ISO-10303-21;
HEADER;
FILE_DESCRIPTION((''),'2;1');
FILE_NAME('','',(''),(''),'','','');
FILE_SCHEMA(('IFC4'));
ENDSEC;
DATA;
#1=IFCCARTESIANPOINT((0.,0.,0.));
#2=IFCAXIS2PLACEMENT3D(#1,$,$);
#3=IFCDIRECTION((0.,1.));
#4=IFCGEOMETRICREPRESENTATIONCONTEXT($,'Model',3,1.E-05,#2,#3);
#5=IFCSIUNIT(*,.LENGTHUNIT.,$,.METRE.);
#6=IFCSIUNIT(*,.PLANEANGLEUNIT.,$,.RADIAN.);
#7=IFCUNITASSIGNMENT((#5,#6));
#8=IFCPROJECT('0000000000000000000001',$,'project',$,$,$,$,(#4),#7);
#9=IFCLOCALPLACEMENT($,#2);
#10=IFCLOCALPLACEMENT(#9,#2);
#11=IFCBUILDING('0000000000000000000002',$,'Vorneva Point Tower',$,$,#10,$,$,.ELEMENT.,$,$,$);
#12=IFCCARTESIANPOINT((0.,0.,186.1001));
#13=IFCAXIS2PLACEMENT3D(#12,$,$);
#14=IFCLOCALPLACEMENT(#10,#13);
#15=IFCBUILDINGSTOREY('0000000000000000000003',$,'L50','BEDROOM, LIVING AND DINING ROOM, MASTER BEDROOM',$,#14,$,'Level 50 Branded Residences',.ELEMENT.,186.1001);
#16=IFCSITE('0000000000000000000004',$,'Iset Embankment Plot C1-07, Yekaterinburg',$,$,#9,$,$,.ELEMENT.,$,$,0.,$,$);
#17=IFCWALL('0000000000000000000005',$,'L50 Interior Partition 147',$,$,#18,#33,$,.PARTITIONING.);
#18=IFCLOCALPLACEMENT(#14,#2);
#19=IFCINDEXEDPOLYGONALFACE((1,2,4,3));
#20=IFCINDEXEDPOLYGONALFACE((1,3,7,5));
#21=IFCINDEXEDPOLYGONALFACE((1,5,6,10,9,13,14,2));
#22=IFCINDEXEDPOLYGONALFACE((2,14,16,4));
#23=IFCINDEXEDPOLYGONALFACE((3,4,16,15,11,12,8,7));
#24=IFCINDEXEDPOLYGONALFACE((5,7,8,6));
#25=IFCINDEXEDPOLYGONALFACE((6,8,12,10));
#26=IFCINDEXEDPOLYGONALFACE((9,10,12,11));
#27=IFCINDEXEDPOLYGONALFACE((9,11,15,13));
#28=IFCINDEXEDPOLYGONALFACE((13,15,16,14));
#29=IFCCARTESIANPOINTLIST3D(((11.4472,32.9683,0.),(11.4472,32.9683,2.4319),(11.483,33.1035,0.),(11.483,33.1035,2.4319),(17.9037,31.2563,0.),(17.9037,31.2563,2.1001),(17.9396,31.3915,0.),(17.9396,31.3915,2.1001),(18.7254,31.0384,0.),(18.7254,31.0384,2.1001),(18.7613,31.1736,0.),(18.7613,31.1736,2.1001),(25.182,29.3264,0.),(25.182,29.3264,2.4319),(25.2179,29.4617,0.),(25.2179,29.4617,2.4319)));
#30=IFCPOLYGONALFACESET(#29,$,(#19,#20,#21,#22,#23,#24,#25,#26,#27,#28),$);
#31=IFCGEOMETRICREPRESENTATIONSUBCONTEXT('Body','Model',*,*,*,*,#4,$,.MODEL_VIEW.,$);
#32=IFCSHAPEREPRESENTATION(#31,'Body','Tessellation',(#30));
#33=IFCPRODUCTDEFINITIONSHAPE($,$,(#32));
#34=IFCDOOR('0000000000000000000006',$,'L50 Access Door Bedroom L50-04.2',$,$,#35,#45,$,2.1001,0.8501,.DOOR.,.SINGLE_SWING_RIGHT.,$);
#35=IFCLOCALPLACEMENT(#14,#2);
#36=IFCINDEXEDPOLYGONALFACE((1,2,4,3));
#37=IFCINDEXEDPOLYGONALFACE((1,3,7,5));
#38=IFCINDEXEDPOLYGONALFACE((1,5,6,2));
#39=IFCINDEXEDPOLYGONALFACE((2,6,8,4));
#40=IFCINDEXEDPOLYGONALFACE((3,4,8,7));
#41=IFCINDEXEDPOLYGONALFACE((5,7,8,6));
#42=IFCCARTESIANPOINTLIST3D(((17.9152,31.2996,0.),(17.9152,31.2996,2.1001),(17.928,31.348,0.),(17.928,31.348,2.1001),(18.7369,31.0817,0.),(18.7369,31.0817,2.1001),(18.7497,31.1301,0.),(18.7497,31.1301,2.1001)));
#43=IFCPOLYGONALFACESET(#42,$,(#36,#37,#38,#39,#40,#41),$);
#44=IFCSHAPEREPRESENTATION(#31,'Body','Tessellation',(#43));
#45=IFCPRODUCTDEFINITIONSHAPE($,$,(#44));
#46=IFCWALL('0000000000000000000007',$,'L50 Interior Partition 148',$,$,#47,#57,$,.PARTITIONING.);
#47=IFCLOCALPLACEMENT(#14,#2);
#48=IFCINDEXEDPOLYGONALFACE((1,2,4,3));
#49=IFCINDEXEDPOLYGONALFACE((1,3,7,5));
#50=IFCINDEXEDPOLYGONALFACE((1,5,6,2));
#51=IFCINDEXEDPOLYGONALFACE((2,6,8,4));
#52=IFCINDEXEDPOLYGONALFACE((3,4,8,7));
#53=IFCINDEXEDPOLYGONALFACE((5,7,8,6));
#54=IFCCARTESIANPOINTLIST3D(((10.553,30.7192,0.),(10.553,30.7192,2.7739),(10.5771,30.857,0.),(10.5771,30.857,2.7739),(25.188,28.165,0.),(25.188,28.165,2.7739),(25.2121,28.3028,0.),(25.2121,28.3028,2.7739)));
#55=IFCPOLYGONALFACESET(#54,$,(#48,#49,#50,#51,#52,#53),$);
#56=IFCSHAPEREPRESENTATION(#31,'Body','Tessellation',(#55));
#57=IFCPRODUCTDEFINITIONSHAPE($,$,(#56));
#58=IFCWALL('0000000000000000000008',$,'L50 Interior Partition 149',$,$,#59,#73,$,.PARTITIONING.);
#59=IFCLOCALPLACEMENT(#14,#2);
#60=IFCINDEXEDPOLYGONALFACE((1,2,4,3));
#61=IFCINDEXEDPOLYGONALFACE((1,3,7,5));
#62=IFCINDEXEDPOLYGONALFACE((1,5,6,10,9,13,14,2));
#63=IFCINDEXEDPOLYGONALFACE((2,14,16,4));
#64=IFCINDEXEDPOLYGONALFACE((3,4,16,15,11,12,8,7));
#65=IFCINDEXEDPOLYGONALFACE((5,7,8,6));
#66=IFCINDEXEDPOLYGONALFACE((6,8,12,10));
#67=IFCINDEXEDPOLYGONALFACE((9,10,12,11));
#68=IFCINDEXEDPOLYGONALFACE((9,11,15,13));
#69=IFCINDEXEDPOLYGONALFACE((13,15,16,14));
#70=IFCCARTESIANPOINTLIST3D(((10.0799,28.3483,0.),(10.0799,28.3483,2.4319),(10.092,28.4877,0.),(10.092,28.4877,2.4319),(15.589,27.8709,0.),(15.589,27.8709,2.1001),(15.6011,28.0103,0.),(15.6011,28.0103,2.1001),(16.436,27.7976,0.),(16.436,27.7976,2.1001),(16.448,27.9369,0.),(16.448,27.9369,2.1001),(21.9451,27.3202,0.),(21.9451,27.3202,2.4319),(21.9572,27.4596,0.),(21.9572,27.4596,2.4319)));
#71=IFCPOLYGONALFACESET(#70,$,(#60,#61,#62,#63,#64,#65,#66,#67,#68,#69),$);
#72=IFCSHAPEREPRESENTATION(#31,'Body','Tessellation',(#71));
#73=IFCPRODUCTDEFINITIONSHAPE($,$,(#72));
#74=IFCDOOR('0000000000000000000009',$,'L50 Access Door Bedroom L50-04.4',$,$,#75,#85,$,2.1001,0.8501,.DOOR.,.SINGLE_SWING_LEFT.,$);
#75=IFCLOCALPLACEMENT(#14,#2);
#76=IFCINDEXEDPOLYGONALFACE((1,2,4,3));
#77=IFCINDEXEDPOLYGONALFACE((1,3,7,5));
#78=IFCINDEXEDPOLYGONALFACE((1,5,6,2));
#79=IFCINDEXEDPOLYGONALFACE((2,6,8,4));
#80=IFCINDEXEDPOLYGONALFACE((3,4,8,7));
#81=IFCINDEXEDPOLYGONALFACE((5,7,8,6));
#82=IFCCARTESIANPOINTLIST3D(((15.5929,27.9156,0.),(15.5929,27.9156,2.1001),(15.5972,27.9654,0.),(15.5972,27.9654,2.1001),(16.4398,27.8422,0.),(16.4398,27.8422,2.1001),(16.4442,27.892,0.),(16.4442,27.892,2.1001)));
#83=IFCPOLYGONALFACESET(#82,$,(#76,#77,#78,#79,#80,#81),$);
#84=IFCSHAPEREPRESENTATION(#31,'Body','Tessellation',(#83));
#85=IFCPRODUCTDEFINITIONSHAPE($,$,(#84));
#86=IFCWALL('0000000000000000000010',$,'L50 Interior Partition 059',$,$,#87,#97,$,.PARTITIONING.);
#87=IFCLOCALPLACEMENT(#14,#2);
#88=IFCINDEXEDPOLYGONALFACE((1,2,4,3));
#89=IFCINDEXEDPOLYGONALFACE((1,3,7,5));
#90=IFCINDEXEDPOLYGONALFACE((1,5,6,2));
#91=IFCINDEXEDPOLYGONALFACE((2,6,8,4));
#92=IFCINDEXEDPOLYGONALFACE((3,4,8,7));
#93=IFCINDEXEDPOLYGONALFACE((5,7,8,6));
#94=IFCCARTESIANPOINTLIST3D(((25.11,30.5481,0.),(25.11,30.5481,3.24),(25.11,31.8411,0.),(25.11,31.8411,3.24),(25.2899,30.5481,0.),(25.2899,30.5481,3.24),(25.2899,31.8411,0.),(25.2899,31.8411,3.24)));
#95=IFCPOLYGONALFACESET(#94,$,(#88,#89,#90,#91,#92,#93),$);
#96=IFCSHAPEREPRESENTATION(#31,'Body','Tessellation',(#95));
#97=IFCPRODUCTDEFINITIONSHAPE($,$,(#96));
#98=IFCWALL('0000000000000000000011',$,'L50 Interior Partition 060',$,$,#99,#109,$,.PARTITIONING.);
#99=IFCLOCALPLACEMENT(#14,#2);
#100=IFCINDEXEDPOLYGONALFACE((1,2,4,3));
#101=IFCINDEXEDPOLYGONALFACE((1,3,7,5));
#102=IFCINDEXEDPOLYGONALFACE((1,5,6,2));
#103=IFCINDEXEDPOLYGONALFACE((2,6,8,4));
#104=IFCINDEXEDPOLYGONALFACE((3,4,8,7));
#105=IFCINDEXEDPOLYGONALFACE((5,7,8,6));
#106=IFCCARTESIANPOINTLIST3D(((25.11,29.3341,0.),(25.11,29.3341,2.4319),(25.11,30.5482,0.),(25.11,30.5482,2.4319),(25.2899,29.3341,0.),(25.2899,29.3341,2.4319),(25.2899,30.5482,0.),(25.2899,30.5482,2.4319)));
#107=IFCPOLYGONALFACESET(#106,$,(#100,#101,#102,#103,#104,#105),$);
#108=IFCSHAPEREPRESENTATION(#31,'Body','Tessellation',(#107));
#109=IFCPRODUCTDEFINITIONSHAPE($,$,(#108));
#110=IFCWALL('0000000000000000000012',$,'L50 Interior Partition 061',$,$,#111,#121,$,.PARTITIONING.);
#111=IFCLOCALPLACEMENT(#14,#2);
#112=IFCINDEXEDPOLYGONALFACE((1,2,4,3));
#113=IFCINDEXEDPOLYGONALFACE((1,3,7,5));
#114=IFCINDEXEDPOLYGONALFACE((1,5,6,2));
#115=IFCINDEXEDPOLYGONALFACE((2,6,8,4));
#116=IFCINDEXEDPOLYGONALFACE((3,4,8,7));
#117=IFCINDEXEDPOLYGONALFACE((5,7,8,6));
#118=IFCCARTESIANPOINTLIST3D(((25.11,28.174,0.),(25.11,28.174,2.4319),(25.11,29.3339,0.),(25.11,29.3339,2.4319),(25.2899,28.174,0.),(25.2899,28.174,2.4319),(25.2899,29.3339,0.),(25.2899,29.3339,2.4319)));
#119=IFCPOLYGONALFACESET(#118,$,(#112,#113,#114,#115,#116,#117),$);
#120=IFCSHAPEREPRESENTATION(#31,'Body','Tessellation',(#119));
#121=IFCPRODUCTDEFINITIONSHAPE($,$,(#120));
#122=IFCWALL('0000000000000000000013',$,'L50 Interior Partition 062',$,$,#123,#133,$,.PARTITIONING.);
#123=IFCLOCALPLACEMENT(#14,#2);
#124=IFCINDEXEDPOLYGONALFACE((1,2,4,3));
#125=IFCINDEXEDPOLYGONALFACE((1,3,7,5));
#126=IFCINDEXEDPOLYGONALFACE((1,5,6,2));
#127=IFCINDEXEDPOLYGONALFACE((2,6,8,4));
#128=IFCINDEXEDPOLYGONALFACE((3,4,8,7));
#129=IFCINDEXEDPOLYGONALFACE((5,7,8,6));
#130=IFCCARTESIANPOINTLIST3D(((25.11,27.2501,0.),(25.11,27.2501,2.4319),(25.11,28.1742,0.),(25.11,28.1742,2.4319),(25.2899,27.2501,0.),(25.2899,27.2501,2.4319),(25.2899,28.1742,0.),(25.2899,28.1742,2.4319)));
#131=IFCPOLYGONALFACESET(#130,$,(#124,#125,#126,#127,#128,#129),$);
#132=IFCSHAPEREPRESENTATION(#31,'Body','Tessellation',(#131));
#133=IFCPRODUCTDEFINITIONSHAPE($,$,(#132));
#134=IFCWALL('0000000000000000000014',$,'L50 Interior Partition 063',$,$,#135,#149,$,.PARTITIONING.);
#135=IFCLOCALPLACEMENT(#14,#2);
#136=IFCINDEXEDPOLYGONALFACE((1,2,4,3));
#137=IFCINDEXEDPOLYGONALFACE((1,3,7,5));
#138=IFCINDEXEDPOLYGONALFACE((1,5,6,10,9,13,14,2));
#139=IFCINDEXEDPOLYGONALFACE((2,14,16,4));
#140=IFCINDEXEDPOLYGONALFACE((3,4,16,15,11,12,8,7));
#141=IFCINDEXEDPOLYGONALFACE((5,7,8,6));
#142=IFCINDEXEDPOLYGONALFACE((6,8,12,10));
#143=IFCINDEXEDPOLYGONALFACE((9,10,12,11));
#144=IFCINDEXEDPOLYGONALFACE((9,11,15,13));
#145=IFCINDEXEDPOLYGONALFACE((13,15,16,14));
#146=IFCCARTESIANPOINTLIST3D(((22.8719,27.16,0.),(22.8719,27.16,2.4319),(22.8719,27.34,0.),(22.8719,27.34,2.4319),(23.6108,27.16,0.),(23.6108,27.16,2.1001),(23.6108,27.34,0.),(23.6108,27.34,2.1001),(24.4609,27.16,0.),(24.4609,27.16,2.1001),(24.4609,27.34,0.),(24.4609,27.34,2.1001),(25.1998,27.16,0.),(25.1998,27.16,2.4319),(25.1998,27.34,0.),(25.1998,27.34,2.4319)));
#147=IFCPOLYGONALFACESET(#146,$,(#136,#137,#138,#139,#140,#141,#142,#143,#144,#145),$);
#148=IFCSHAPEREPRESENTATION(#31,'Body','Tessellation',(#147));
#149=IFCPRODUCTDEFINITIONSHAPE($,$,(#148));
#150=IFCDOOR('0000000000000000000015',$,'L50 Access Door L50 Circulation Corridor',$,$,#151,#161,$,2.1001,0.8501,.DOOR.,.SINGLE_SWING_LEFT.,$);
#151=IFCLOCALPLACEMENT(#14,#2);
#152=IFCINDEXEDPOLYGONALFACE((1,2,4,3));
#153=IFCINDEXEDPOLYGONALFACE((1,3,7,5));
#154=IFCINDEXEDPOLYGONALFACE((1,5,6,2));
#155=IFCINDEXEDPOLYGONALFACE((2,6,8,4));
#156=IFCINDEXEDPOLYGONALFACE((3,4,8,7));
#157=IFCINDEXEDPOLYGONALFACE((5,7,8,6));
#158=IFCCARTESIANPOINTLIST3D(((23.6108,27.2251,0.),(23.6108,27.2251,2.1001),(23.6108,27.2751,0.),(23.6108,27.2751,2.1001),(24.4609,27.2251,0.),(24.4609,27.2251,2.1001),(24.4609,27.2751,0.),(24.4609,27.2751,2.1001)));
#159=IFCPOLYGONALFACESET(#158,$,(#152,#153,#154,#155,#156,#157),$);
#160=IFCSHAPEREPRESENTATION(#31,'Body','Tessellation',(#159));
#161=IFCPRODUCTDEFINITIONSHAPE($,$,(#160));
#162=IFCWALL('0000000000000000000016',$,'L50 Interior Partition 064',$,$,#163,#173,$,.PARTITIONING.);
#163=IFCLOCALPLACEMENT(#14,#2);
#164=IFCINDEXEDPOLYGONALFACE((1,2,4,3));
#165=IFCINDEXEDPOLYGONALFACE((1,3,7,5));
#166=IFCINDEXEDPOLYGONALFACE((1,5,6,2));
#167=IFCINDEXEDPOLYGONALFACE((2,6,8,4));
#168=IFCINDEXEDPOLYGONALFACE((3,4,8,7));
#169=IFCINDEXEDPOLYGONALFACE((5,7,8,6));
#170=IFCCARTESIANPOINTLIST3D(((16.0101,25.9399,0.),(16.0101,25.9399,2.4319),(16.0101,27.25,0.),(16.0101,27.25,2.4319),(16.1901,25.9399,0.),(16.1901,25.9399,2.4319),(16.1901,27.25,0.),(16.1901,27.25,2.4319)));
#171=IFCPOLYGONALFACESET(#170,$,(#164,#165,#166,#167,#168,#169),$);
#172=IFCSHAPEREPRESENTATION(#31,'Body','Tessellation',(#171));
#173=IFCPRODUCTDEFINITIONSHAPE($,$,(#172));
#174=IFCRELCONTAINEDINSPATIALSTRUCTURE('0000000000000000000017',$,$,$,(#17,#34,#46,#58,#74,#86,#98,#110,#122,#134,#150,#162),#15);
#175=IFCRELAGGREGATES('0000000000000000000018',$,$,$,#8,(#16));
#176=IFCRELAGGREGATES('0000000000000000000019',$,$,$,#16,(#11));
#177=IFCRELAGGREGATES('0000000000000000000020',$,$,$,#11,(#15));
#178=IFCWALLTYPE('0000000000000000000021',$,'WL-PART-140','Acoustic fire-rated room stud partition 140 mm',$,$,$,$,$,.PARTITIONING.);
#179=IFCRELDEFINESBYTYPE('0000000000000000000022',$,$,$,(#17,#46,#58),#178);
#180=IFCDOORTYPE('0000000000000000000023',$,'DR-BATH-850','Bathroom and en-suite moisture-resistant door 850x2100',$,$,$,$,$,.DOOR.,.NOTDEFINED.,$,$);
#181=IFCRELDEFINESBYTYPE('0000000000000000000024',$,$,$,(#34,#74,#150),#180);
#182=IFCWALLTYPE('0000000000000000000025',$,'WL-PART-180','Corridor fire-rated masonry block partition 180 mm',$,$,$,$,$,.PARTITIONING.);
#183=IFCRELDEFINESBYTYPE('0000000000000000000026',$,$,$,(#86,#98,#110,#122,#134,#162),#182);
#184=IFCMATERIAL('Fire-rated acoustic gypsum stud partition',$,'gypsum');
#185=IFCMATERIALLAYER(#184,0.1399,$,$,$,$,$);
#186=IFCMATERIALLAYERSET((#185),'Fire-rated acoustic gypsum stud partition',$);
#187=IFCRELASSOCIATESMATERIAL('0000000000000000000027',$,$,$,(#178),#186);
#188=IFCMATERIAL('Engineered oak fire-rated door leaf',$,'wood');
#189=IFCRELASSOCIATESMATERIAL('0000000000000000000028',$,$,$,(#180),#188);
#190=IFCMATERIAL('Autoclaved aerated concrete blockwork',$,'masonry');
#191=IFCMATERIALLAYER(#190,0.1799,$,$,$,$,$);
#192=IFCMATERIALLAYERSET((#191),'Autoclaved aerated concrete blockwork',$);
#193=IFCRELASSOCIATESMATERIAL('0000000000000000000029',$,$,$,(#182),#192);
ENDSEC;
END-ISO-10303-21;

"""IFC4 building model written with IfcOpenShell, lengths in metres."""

from ifc_helpers import new_model, si_unit, direction, frame, frame_2d, origin, place, context, subcontext, project, spatial, rectangle, extrude, material, layer, layer_set, type_object, element, fill, save


model = new_model("IFC4")

# Units and contexts
model_context = context("Model", 3, precision=1e-05, world=origin(), true_north=direction((0.0, 1.0)))
body_context = subcontext(model_context, "Body", "Model", "MODEL_VIEW")
ifc_project = project(units=[si_unit("LENGTHUNIT", "METRE"), si_unit("PLANEANGLEUNIT", "RADIAN")], contexts=[model_context])

# Site, building, storey
site_placement = place(None, origin())
site = spatial("IfcSite", under=ifc_project, at=site_placement, Name="Iset Embankment Plot C1-07, Yekaterinburg", CompositionType="ELEMENT", RefElevation=0.0)
building_placement = place(site_placement, origin())
building = spatial("IfcBuilding", under=site, at=building_placement, Name="Vorneva Point Tower", CompositionType="ELEMENT")
storey_placement = place(building_placement, frame((0.0, 0.0, 186.1001)))
storey = spatial("IfcBuildingStorey", under=building, at=storey_placement, Name="L50", Description="BEDROOM, LIVING AND DINING ROOM, MASTER BEDROOM", LongName="Level 50 Branded Residences", CompositionType="ELEMENT", Elevation=186.1001)

# Wall, opening, door
ifc_material_1 = material(Name="Fire-rated acoustic gypsum stud partition", Category="gypsum")
ifc_layer_1 = layer(ifc_material_1, 0.1399)
ifc_layer_set_1 = layer_set([ifc_layer_1], Name="Fire-rated acoustic gypsum stud partition")
wall_type_1 = type_object("IfcWallType", Name="WL-PART-140", Description="Acoustic fire-rated room stud partition 140 mm", PredefinedType="PARTITIONING", material=ifc_layer_set_1)
wall_1_placement = place(storey_placement, frame((11.4651, 33.0359, 0.0), z_axis=(0.0, 0.0, 1.0), x_axis=(0.966598, -0.256297, 0.0)))
wall_1 = element("IfcWall", 1, at=wall_1_placement, inside=storey, type_object=wall_type_1, Name="L50 Interior Partition 147", PredefinedType="PARTITIONING", context=body_context, shape_type="SweptSolid", body=[
    extrude(rectangle(XDim=14.2095, YDim=0.1399, at=frame_2d((7.1047, 0.0))), origin(), (0.0, 0.0, 1.0), 2.4319),
])
opening_1_placement = place(wall_1_placement, frame((6.6797, 0.0, 0.0)))
opening_1 = element("IfcOpeningElement", 2, at=opening_1_placement, cuts=wall_1, PredefinedType="OPENING", context=body_context, shape_type="SweptSolid", body=[
    extrude(rectangle(XDim=0.8501, YDim=2.1001, at=frame_2d((0.425, 1.05))), frame((0.0, 0.085, 0.0), z_axis=(0.0, -1.0, 0.0), x_axis=(1.0, 0.0, 0.0)), (0.0, 0.0, 1.0), 0.1697),
])
ifc_material_2 = material(Name="Engineered oak fire-rated door leaf", Category="wood")
door_type_1 = type_object("IfcDoorType", Name="DR-BATH-850", Description="Bathroom and en-suite moisture-resistant door 850x2100", OperationType="NOTDEFINED", PredefinedType="DOOR", material=ifc_material_2)
door_1_placement = place(opening_1_placement, origin())
door_1 = element("IfcDoor", 3, at=door_1_placement, inside=storey, type_object=door_type_1, Name="L50 Access Door Bedroom L50-04.2", OperationType="SINGLE_SWING_RIGHT", OverallHeight=2.1001, OverallWidth=0.8501, PredefinedType="DOOR", context=body_context, shape_type="SweptSolid", body=[
    extrude(rectangle(XDim=0.8501, YDim=2.1001, at=frame_2d((0.425, 1.05))), frame((0.0, 0.0249, 0.0), z_axis=(0.0, -1.0, 0.0), x_axis=(1.0, 0.0, 0.0)), (0.0, 0.0, 1.0), 0.05),
])
fill(opening_1, door_1)

# Wall
wall_2_placement = place(storey_placement, frame((10.5649, 30.7881, 0.0), z_axis=(0.0, 0.0, 1.0), x_axis=(0.98511, -0.171928, 0.0)))
element("IfcWall", 4, at=wall_2_placement, inside=storey, type_object=wall_type_1, Name="L50 Interior Partition 148", PredefinedType="PARTITIONING", context=body_context, shape_type="SweptSolid", body=[
    extrude(rectangle(XDim=14.8562, YDim=0.1399, at=frame_2d((7.4282, 0.0))), origin(), (0.0, 0.0, 1.0), 2.7739),
])

# Wall, opening, door
wall_3_placement = place(storey_placement, frame((10.0859, 28.418, 0.0), z_axis=(0.0, 0.0, 1.0), x_axis=(0.996267, -0.086323, 0.0)))
wall_3 = element("IfcWall", 5, at=wall_3_placement, inside=storey, type_object=wall_type_1, Name="L50 Interior Partition 149", PredefinedType="PARTITIONING", context=body_context, shape_type="SweptSolid", body=[
    extrude(rectangle(XDim=11.9097, YDim=0.1399, at=frame_2d((5.9548, 0.0))), origin(), (0.0, 0.0, 1.0), 2.4319),
])
opening_2_placement = place(wall_3_placement, frame((5.5298, 0.0, 0.0)))
opening_2 = element("IfcOpeningElement", 6, at=opening_2_placement, cuts=wall_3, PredefinedType="OPENING", context=body_context, shape_type="SweptSolid", body=[
    extrude(rectangle(XDim=0.8501, YDim=2.1001, at=frame_2d((0.425, 1.05))), frame((0.0, 0.085, 0.0), z_axis=(0.0, -1.0, 0.0), x_axis=(1.0, 0.0, 0.0)), (0.0, 0.0, 1.0), 0.1697),
])
door_2_placement = place(opening_2_placement, origin())
door_2 = element("IfcDoor", 7, at=door_2_placement, inside=storey, type_object=door_type_1, Name="L50 Access Door Bedroom L50-04.4", OperationType="SINGLE_SWING_LEFT", OverallHeight=2.1001, OverallWidth=0.8501, PredefinedType="DOOR", context=body_context, shape_type="SweptSolid", body=[
    extrude(rectangle(XDim=0.8501, YDim=2.1001, at=frame_2d((0.425, 1.05))), frame((0.0, 0.0249, 0.0), z_axis=(0.0, -1.0, 0.0), x_axis=(1.0, 0.0, 0.0)), (0.0, 0.0, 1.0), 0.05),
])
fill(opening_2, door_2)

# Walls
ifc_material_3 = material(Name="Autoclaved aerated concrete blockwork", Category="masonry")
ifc_layer_2 = layer(ifc_material_3, 0.1799)
ifc_layer_set_2 = layer_set([ifc_layer_2], Name="Autoclaved aerated concrete blockwork")
wall_type_2 = type_object("IfcWallType", Name="WL-PART-180", Description="Corridor fire-rated masonry block partition 180 mm", PredefinedType="PARTITIONING", material=ifc_layer_set_2)
wall_4_placement = place(storey_placement, frame((25.2, 31.8411, 0.0), z_axis=(0.0, 0.0, 1.0), x_axis=(0.0, -1.0, 0.0)))
element("IfcWall", 8, at=wall_4_placement, inside=storey, type_object=wall_type_2, Name="L50 Interior Partition 059", PredefinedType="PARTITIONING", context=body_context, shape_type="SweptSolid", body=[
    extrude(rectangle(XDim=1.293, YDim=0.1799, at=frame_2d((0.6465, 0.0))), origin(), (0.0, 0.0, 1.0), 3.24),
])
wall_5_placement = place(storey_placement, frame((25.2, 30.5481, 0.0), z_axis=(0.0, 0.0, 1.0), x_axis=(0.0, -1.0, 0.0)))
element("IfcWall", 9, at=wall_5_placement, inside=storey, type_object=wall_type_2, Name="L50 Interior Partition 060", PredefinedType="PARTITIONING", context=body_context, shape_type="SweptSolid", body=[
    extrude(rectangle(XDim=1.2141, YDim=0.1799, at=frame_2d((0.6069, 0.0))), origin(), (0.0, 0.0, 1.0), 2.4319),
])
wall_6_placement = place(storey_placement, frame((25.2, 29.334, 0.0), z_axis=(0.0, 0.0, 1.0), x_axis=(0.0, -1.0, 0.0)))
element("IfcWall", 10, at=wall_6_placement, inside=storey, type_object=wall_type_2, Name="L50 Interior Partition 061", PredefinedType="PARTITIONING", context=body_context, shape_type="SweptSolid", body=[
    extrude(rectangle(XDim=1.1599, YDim=0.1799, at=frame_2d((0.5801, 0.0))), origin(), (0.0, 0.0, 1.0), 2.4319),
])
wall_7_placement = place(storey_placement, frame((25.2, 28.1741, 0.0), z_axis=(0.0, 0.0, 1.0), x_axis=(0.0, -1.0, 0.0)))
element("IfcWall", 11, at=wall_7_placement, inside=storey, type_object=wall_type_2, Name="L50 Interior Partition 062", PredefinedType="PARTITIONING", context=body_context, shape_type="SweptSolid", body=[
    extrude(rectangle(XDim=0.9241, YDim=0.1799, at=frame_2d((0.4619, 0.0))), origin(), (0.0, 0.0, 1.0), 2.4319),
])

# Wall, opening, door
wall_8_placement = place(storey_placement, frame((25.2, 27.25, 0.0), z_axis=(0.0, 0.0, 1.0), x_axis=(-1.0, 0.0, 0.0)))
wall_8 = element("IfcWall", 12, at=wall_8_placement, inside=storey, type_object=wall_type_2, Name="L50 Interior Partition 063", PredefinedType="PARTITIONING", context=body_context, shape_type="SweptSolid", body=[
    extrude(rectangle(XDim=2.3279, YDim=0.1799, at=frame_2d((1.1641, 0.0))), origin(), (0.0, 0.0, 1.0), 2.4319),
])
opening_3_placement = place(wall_8_placement, frame((0.739, 0.0, 0.0)))
opening_3 = element("IfcOpeningElement", 13, at=opening_3_placement, cuts=wall_8, PredefinedType="OPENING", context=body_context, shape_type="SweptSolid", body=[
    extrude(rectangle(XDim=0.8501, YDim=2.1001, at=frame_2d((0.425, 1.05))), frame((0.0, 0.105, 0.0), z_axis=(0.0, -1.0, 0.0), x_axis=(1.0, 0.0, 0.0)), (0.0, 0.0, 1.0), 0.2097),
])
door_3_placement = place(opening_3_placement, origin())
door_3 = element("IfcDoor", 14, at=door_3_placement, inside=storey, type_object=door_type_1, Name="L50 Access Door L50 Circulation Corridor", OperationType="SINGLE_SWING_LEFT", OverallHeight=2.1001, OverallWidth=0.8501, PredefinedType="DOOR", context=body_context, shape_type="SweptSolid", body=[
    extrude(rectangle(XDim=0.8501, YDim=2.1001, at=frame_2d((0.425, 1.05))), frame((0.0, 0.0249, 0.0), z_axis=(0.0, -1.0, 0.0), x_axis=(1.0, 0.0, 0.0)), (0.0, 0.0, 1.0), 0.05),
])
fill(opening_3, door_3)

# Wall
wall_9_placement = place(storey_placement, frame((16.1001, 27.25, 0.0), z_axis=(0.0, 0.0, 1.0), x_axis=(0.0, -1.0, 0.0)))
element("IfcWall", 15, at=wall_9_placement, inside=storey, type_object=wall_type_2, Name="L50 Interior Partition 064", PredefinedType="PARTITIONING", context=body_context, shape_type="SweptSolid", body=[
    extrude(rectangle(XDim=1.3101, YDim=0.1799, at=frame_2d((0.655, 0.0))), origin(), (0.0, 0.0, 1.0), 2.4319),
])

save(model, "model.ifc")
